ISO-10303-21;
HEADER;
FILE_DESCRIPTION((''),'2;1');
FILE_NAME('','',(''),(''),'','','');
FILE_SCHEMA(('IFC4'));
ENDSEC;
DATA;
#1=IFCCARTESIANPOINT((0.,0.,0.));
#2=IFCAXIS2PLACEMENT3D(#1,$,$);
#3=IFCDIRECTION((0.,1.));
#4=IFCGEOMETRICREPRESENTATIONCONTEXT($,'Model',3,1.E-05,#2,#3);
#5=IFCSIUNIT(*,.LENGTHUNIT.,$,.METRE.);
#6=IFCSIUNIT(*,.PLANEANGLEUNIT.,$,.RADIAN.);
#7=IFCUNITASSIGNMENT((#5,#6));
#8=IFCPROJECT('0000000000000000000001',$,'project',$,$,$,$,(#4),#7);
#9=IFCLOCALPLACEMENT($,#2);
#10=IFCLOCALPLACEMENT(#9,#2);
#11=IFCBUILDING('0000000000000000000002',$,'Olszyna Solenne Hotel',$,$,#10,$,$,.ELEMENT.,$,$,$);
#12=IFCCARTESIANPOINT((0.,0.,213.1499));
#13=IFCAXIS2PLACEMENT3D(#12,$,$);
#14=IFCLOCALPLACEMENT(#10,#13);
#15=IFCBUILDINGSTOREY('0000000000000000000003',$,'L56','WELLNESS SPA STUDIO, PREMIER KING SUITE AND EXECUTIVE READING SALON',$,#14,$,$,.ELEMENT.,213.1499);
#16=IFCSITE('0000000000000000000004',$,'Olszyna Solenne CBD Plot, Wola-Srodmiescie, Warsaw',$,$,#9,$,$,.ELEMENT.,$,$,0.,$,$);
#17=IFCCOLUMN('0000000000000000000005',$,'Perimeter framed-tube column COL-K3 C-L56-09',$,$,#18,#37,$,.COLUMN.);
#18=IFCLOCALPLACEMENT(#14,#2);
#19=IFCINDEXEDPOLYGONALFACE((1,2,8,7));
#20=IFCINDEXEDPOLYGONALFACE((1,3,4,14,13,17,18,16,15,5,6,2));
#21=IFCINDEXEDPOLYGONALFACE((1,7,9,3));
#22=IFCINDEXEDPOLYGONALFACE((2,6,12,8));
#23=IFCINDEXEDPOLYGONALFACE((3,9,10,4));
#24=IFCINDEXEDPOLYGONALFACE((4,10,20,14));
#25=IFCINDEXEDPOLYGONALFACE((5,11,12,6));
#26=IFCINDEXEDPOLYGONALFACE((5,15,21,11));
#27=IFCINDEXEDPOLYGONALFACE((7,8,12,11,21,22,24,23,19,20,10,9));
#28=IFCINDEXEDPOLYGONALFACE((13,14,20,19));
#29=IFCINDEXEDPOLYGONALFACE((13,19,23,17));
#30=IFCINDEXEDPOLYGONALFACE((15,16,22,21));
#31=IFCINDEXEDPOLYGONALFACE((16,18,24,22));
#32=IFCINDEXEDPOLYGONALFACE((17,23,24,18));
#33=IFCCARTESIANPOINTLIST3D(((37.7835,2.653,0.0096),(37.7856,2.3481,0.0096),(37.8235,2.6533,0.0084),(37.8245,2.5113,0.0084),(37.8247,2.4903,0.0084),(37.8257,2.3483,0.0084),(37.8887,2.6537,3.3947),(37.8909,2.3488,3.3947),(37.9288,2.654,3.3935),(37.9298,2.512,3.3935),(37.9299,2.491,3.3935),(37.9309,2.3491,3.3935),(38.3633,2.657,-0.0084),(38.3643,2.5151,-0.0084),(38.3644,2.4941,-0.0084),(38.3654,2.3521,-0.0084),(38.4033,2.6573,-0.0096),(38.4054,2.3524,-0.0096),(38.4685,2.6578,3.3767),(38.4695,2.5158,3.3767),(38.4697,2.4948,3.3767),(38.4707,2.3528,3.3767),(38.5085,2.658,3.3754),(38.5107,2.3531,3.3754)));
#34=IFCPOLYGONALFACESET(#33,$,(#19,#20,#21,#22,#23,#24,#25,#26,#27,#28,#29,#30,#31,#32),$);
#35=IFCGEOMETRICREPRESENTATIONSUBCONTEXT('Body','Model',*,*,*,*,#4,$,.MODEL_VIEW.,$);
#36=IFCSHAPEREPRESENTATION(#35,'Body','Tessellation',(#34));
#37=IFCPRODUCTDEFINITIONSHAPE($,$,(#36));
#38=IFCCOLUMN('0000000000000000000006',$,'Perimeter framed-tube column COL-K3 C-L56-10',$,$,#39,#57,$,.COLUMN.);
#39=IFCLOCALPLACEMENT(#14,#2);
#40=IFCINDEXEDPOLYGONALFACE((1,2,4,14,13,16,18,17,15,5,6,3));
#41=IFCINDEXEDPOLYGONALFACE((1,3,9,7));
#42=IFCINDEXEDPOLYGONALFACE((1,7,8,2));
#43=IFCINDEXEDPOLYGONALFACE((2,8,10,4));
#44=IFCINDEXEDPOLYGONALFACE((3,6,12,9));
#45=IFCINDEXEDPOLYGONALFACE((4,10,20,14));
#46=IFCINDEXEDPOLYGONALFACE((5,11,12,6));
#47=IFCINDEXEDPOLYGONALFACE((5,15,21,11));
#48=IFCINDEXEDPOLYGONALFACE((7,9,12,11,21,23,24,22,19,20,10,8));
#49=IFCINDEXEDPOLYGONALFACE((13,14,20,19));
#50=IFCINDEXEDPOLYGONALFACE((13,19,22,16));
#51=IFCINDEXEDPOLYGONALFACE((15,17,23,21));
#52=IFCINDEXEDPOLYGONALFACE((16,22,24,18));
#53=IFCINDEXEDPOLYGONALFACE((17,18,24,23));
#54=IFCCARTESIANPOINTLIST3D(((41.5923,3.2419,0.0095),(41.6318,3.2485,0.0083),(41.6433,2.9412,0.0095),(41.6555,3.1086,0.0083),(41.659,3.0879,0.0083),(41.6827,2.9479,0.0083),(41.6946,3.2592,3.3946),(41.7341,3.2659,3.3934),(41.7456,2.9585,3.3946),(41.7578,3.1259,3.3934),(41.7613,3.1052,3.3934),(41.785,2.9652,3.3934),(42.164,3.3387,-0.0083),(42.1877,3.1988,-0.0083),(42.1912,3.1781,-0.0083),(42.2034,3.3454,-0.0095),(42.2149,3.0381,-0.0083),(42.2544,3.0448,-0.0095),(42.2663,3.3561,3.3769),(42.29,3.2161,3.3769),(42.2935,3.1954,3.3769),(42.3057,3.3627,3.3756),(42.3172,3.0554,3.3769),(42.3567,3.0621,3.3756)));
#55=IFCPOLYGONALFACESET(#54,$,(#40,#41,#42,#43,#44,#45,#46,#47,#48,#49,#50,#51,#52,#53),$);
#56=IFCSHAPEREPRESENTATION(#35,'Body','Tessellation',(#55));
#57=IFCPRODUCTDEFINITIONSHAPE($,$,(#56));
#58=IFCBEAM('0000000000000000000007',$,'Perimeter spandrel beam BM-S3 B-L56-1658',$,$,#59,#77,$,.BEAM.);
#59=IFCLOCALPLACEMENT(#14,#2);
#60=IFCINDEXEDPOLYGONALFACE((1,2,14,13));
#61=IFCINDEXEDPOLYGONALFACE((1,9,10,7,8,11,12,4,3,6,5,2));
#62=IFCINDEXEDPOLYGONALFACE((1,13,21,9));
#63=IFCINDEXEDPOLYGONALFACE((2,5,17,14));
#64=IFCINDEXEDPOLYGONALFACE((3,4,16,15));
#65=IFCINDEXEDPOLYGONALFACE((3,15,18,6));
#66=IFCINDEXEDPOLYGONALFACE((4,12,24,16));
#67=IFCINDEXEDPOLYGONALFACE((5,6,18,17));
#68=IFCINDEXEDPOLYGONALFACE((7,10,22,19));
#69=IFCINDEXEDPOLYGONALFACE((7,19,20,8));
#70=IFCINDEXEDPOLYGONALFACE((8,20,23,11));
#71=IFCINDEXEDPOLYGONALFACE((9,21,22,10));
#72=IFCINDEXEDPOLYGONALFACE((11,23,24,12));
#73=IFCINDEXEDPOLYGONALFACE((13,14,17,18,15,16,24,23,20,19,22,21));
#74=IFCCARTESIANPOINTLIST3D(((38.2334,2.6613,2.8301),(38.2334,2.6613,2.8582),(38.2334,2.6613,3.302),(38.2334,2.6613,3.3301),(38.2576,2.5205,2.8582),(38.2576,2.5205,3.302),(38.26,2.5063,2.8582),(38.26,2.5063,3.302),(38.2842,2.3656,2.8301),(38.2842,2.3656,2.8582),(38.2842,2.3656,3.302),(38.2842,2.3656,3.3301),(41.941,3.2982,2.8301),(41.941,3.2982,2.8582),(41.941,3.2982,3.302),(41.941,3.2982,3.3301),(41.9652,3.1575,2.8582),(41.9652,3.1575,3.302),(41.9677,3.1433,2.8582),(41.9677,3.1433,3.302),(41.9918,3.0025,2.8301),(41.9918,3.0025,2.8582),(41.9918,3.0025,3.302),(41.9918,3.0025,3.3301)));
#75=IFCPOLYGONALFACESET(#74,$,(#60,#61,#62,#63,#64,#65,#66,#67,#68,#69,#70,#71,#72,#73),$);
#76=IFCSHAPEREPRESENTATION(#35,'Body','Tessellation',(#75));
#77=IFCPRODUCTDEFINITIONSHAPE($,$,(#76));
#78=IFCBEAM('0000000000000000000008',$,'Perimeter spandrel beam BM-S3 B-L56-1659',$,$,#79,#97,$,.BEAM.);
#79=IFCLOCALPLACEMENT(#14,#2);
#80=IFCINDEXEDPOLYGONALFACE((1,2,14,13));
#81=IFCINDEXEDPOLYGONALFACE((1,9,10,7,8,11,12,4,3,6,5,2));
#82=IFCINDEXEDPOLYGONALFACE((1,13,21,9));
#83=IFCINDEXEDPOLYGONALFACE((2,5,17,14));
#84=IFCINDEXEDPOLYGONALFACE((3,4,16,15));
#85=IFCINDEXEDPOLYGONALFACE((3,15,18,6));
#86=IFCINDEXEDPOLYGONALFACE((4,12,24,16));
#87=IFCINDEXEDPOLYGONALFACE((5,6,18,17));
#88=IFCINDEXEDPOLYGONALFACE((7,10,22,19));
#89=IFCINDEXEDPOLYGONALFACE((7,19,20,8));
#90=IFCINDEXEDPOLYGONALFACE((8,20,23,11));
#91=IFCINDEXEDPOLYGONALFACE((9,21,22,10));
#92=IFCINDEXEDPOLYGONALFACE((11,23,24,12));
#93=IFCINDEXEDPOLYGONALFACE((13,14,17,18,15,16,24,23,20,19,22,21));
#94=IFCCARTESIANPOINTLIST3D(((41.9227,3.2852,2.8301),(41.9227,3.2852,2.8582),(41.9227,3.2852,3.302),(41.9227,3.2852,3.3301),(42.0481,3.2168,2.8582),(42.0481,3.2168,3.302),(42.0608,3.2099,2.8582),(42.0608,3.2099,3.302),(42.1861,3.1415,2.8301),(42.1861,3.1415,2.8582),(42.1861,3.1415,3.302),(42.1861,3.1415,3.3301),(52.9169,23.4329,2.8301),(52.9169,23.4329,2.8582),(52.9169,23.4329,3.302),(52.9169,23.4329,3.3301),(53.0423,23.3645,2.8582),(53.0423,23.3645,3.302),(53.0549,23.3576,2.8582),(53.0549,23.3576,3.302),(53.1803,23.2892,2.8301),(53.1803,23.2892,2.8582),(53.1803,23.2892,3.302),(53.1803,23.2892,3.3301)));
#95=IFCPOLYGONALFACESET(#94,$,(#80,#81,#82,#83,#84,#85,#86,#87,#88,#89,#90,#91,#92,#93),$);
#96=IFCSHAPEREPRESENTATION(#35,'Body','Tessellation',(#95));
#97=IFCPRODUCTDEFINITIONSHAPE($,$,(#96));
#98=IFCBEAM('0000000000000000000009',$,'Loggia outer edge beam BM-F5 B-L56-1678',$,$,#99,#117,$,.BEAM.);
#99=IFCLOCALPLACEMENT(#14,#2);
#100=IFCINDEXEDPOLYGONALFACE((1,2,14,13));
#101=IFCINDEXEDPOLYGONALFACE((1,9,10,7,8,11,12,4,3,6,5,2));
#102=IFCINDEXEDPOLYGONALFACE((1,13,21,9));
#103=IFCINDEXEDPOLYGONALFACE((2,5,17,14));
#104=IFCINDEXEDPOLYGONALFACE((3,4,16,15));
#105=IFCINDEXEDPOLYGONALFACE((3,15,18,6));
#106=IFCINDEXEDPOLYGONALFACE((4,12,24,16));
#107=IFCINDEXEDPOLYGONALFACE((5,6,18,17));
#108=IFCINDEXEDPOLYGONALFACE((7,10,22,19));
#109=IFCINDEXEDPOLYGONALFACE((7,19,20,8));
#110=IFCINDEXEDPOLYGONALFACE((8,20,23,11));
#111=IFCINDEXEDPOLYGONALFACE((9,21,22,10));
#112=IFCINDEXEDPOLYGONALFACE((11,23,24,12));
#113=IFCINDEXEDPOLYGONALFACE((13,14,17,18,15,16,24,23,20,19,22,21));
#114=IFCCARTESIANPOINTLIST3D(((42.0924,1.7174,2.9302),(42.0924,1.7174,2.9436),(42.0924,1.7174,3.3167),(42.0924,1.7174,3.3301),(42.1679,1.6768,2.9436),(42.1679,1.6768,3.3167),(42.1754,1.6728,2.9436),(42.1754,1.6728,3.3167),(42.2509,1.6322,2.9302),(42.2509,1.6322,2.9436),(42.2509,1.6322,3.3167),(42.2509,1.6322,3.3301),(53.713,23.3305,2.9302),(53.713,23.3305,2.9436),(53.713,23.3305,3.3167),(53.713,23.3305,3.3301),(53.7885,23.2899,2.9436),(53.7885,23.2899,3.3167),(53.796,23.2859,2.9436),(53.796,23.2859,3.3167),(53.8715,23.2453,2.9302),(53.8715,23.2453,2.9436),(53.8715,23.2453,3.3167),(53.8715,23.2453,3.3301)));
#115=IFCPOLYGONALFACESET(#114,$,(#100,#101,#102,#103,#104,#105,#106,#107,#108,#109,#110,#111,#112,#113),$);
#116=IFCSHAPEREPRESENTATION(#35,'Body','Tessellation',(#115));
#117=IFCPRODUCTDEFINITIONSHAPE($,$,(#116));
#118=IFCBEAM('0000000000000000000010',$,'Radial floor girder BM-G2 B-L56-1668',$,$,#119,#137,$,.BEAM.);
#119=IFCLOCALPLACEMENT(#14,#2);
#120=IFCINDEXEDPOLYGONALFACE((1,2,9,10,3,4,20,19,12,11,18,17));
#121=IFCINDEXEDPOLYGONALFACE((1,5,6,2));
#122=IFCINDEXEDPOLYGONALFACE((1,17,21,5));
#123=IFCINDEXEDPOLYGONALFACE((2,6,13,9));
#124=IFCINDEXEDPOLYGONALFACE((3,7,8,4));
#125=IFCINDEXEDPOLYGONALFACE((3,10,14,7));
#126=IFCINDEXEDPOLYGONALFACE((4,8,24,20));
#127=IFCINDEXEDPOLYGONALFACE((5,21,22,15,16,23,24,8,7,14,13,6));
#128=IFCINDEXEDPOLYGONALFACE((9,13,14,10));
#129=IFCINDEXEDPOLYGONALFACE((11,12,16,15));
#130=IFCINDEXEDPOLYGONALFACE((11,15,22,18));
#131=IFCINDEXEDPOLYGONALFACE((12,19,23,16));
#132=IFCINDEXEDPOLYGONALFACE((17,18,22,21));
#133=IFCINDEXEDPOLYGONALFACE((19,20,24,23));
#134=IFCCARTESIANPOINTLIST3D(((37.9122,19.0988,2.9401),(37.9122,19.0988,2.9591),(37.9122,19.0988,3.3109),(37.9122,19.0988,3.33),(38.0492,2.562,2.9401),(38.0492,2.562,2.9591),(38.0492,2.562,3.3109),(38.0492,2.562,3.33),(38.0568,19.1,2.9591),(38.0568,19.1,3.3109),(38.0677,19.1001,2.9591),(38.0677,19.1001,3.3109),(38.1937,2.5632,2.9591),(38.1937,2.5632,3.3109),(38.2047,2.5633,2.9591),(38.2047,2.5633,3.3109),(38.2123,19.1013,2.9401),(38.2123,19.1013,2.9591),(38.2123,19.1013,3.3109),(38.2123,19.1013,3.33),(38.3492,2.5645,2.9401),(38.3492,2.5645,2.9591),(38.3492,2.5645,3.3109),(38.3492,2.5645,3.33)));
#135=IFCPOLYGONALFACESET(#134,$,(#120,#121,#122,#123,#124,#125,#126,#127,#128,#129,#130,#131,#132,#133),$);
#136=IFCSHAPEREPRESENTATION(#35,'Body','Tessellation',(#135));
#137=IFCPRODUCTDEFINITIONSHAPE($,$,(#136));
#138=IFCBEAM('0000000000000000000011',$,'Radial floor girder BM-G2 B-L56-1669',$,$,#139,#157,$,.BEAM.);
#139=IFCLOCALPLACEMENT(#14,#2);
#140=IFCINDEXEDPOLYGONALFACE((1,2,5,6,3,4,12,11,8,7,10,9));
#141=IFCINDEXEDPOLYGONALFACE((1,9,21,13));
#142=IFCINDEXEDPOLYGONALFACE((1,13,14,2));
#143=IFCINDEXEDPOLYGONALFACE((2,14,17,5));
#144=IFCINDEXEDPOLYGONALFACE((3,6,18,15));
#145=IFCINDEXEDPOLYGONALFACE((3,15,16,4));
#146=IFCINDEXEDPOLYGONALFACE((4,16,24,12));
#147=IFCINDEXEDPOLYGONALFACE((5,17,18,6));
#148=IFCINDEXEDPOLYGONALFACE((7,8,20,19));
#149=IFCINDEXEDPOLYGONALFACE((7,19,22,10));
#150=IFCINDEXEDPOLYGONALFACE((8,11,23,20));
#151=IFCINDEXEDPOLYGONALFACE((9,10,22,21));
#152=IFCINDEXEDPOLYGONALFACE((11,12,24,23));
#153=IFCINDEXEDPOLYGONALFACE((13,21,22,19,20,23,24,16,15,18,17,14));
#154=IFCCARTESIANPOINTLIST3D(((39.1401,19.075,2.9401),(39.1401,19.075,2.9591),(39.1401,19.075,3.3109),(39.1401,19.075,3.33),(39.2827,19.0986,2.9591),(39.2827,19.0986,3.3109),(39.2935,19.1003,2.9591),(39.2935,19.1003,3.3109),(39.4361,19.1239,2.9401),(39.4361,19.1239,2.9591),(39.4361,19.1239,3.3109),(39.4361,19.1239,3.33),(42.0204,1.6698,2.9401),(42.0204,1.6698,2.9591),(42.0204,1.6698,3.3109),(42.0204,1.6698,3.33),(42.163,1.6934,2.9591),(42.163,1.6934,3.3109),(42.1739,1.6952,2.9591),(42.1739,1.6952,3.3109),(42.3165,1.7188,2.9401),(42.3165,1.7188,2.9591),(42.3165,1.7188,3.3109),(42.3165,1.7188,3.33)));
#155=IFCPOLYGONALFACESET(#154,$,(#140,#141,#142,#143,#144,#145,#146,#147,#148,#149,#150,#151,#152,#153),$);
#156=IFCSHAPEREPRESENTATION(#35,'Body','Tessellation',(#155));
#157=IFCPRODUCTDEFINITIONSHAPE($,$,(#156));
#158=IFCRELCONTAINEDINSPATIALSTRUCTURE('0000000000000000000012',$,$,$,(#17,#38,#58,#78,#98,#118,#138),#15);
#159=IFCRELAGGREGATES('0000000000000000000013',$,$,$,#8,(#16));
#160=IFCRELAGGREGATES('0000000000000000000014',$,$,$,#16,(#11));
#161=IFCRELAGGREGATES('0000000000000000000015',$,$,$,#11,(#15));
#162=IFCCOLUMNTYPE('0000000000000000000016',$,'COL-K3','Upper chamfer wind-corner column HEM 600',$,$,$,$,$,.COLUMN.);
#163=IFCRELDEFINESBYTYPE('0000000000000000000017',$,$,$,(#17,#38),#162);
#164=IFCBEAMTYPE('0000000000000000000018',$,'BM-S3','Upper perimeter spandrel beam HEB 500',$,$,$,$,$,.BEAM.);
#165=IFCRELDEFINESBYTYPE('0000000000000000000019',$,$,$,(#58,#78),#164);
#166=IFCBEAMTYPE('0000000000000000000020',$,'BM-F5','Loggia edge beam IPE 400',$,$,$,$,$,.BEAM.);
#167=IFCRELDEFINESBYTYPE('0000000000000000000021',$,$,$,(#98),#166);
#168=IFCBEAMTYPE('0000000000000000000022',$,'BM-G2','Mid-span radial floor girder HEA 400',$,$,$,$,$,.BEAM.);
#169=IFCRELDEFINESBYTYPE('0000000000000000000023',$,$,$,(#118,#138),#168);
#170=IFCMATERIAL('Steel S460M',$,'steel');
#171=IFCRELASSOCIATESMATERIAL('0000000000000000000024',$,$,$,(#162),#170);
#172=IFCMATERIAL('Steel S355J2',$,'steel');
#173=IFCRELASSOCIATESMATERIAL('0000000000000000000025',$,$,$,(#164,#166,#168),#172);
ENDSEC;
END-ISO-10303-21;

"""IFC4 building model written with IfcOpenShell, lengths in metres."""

from ifc_helpers import new_model, si_unit, direction, frame, origin, origin_2d, place, context, subcontext, project, spatial, i_section, extrude, source, transform, mapped, material, material_profile, profile_set, type_object, element, save


model = new_model("IFC4")

# Units and contexts
model_context = context("Model", 3, precision=1e-05, world=origin(), true_north=direction((0.0, 1.0)))
body_context = subcontext(model_context, "Body", "Model", "MODEL_VIEW")
ifc_project = project(units=[si_unit("LENGTHUNIT", "METRE"), si_unit("PLANEANGLEUNIT", "RADIAN")], contexts=[model_context])

# Site, building, storey
site_placement = place(None, origin())
site = spatial("IfcSite", under=ifc_project, at=site_placement, Name="Olszyna Solenne CBD Plot, Wola-Srodmiescie, Warsaw", CompositionType="ELEMENT", RefElevation=0.0)
building_placement = place(site_placement, origin())
building = spatial("IfcBuilding", under=site, at=building_placement, Name="Olszyna Solenne Hotel", CompositionType="ELEMENT")
storey_placement = place(building_placement, frame((0.0, 0.0, 213.1499)))
storey = spatial("IfcBuildingStorey", under=building, at=storey_placement, Name="L56", Description="WELLNESS SPA STUDIO, PREMIER KING SUITE AND EXECUTIVE READING SALON", CompositionType="ELEMENT", Elevation=213.1499)

# Columns
ifc_material_1 = material(Name="Steel S460M", Category="steel")
ifc_material_profile_1 = material_profile(ifc_material_1, i_section(OverallWidth=0.3049, OverallDepth=0.6201, WebThickness=0.021, FlangeThickness=0.04, at=origin_2d()), Name="HEM 600", Category="load-bearing")
ifc_profile_set_1 = profile_set([ifc_material_profile_1], Name="Steel S460M")
column_type = type_object("IfcColumnType", Name="COL-K3", Description="Upper chamfer wind-corner column HEM 600", PredefinedType="COLUMN", material=ifc_profile_set_1)
shared_shape_1 = source(origin(), body_context, "Body", "SweptSolid", [
    extrude(i_section(OverallWidth=0.3049, OverallDepth=0.6201, WebThickness=0.021, FlangeThickness=0.04, at=origin_2d()), origin(), (0.0, 0.0, 1.0), 3.3867),
])
for number, where, z_axis, x_axis, name in (
    (1, (38.0945, 2.5027, 0.0), (0.03107, 0.000216, 0.999517), (-0.00696, 0.999976, 0.0), "Perimeter framed-tube column COL-K3 C-L56-09"),
    (2, (41.9233, 3.1433, 0.0), (0.030206, 0.005118, 0.999531), (-0.167069, 0.985945, 0.0), "Perimeter framed-tube column COL-K3 C-L56-10"),
):
    element("IfcColumn", number, at=place(storey_placement, frame(where, z_axis=z_axis, x_axis=x_axis)), inside=storey, type_object=column_type, Name=name, PredefinedType="COLUMN", context=body_context, shape_type="MappedRepresentation", body=[
        mapped(shared_shape_1, transform((0.0, 0.0, 0.0), x_axis=(1.0, 0.0, 0.0), y_axis=(0.0, 1.0, 0.0), z_axis=(0.0, 0.0, 1.0), scale=1.0)),
    ])

# Beams
ifc_material_2 = material(Name="Steel S355J2", Category="steel")
ifc_material_profile_2 = material_profile(ifc_material_2, i_section(OverallWidth=0.3, OverallDepth=0.5, WebThickness=0.0144, FlangeThickness=0.0281, at=origin_2d()), Name="HEB 500", Category="load-bearing")
ifc_profile_set_2 = profile_set([ifc_material_profile_2], Name="Steel S355J2")
beam_type_1 = type_object("IfcBeamType", Name="BM-S3", Description="Upper perimeter spandrel beam HEB 500", PredefinedType="BEAM", material=ifc_profile_set_2)
shared_shape_2 = source(origin(), body_context, "Body", "SweptSolid", [
    extrude(i_section(OverallWidth=0.3, OverallDepth=0.5, WebThickness=0.0144, FlangeThickness=0.0281, at=origin_2d()), origin(), (0.0, 0.0, 1.0), 3.762),
])
beam_1_placement = place(storey_placement, frame((38.2588, 2.5134, 3.0801), z_axis=(0.985563, 0.169311, 0.0), x_axis=(-0.169311, 0.985563, 0.0)))
element("IfcBeam", 3, at=beam_1_placement, inside=storey, type_object=beam_type_1, Name="Perimeter spandrel beam BM-S3 B-L56-1658", PredefinedType="BEAM", context=body_context, shape_type="MappedRepresentation", body=[
    mapped(shared_shape_2, transform((0.0, 0.0, 0.0), x_axis=(1.0, 0.0, 0.0), y_axis=(0.0, 1.0, 0.0), z_axis=(0.0, 0.0, 1.0), scale=1.0)),
])
shared_shape_3 = source(origin(), body_context, "Body", "SweptSolid", [
    extrude(i_section(OverallWidth=0.3, OverallDepth=0.5, WebThickness=0.0144, FlangeThickness=0.0281, at=origin_2d()), origin(), (0.0, 0.0, 1.0), 22.9521),
])
beam_2_placement = place(storey_placement, frame((42.0544, 3.2134, 3.0801), z_axis=(0.479003, 0.877813, 0.0), x_axis=(-0.877813, 0.479003, 0.0)))
element("IfcBeam", 4, at=beam_2_placement, inside=storey, type_object=beam_type_1, Name="Perimeter spandrel beam BM-S3 B-L56-1659", PredefinedType="BEAM", context=body_context, shape_type="MappedRepresentation", body=[
    mapped(shared_shape_3, transform((0.0, 0.0, 0.0), x_axis=(1.0, 0.0, 0.0), y_axis=(0.0, 1.0, 0.0), z_axis=(0.0, 0.0, 1.0), scale=1.0)),
])
ifc_material_profile_3 = material_profile(ifc_material_2, i_section(OverallWidth=0.1799, OverallDepth=0.3999, WebThickness=0.0085, FlangeThickness=0.0134, at=origin_2d()), Name="IPE 400", Category="load-bearing")
ifc_profile_set_3 = profile_set([ifc_material_profile_3], Name="Steel S355J2")
beam_type_2 = type_object("IfcBeamType", Name="BM-F5", Description="Loggia edge beam IPE 400", PredefinedType="BEAM", material=ifc_profile_set_3)
shared_shape_4 = source(origin(), body_context, "Body", "SweptSolid", [
    extrude(i_section(OverallWidth=0.1799, OverallDepth=0.3999, WebThickness=0.0085, FlangeThickness=0.0134, at=origin_2d()), origin(), (0.0, 0.0, 1.0), 24.5391),
])
beam_3_placement = place(storey_placement, frame((42.1716, 1.6748, 3.1301), z_axis=(0.473557, 0.880763, 0.0), x_axis=(-0.880763, 0.473557, 0.0)))
element("IfcBeam", 5, at=beam_3_placement, inside=storey, type_object=beam_type_2, Name="Loggia outer edge beam BM-F5 B-L56-1678", PredefinedType="BEAM", context=body_context, shape_type="MappedRepresentation", body=[
    mapped(shared_shape_4, transform((0.0, 0.0, 0.0), x_axis=(1.0, 0.0, 0.0), y_axis=(0.0, 1.0, 0.0), z_axis=(0.0, 0.0, 1.0), scale=1.0)),
])
ifc_material_profile_4 = material_profile(ifc_material_2, i_section(OverallWidth=0.3, OverallDepth=0.3899, WebThickness=0.011, FlangeThickness=0.019, at=origin_2d()), Name="HEA 400", Category="load-bearing")
ifc_profile_set_4 = profile_set([ifc_material_profile_4], Name="Steel S355J2")
beam_type_3 = type_object("IfcBeamType", Name="BM-G2", Description="Mid-span radial floor girder HEA 400", PredefinedType="BEAM", material=ifc_profile_set_4)
shared_shape_5 = source(origin(), body_context, "Body", "SweptSolid", [
    extrude(i_section(OverallWidth=0.3, OverallDepth=0.3899, WebThickness=0.011, FlangeThickness=0.019, at=origin_2d()), origin(), (0.0, 0.0, 1.0), 16.5374),
])
beam_4_placement = place(storey_placement, frame((38.1992, 2.5632, 3.135), z_axis=(-0.008282, 0.999966, 0.0), x_axis=(-0.999966, -0.008282, 0.0)))
element("IfcBeam", 6, at=beam_4_placement, inside=storey, type_object=beam_type_3, Name="Radial floor girder BM-G2 B-L56-1668", PredefinedType="BEAM", context=body_context, shape_type="MappedRepresentation", body=[
    mapped(shared_shape_5, transform((0.0, 0.0, 0.0), x_axis=(1.0, 0.0, 0.0), y_axis=(0.0, 1.0, 0.0), z_axis=(0.0, 0.0, 1.0), scale=1.0)),
])
shared_shape_6 = source(origin(), body_context, "Body", "SweptSolid", [
    extrude(i_section(OverallWidth=0.3, OverallDepth=0.3899, WebThickness=0.011, FlangeThickness=0.019, at=origin_2d()), origin(), (0.0, 0.0, 1.0), 17.6418),
])
beam_5_placement = place(storey_placement, frame((42.1685, 1.6943, 3.135), z_axis=(-0.16327, 0.986581, 0.0), x_axis=(-0.986581, -0.16327, 0.0)))
element("IfcBeam", 7, at=beam_5_placement, inside=storey, type_object=beam_type_3, Name="Radial floor girder BM-G2 B-L56-1669", PredefinedType="BEAM", context=body_context, shape_type="MappedRepresentation", body=[
    mapped(shared_shape_6, transform((0.0, 0.0, 0.0), x_axis=(1.0, 0.0, 0.0), y_axis=(0.0, 1.0, 0.0), z_axis=(0.0, 0.0, 1.0), scale=1.0)),
])

save(model, "model.ifc")
